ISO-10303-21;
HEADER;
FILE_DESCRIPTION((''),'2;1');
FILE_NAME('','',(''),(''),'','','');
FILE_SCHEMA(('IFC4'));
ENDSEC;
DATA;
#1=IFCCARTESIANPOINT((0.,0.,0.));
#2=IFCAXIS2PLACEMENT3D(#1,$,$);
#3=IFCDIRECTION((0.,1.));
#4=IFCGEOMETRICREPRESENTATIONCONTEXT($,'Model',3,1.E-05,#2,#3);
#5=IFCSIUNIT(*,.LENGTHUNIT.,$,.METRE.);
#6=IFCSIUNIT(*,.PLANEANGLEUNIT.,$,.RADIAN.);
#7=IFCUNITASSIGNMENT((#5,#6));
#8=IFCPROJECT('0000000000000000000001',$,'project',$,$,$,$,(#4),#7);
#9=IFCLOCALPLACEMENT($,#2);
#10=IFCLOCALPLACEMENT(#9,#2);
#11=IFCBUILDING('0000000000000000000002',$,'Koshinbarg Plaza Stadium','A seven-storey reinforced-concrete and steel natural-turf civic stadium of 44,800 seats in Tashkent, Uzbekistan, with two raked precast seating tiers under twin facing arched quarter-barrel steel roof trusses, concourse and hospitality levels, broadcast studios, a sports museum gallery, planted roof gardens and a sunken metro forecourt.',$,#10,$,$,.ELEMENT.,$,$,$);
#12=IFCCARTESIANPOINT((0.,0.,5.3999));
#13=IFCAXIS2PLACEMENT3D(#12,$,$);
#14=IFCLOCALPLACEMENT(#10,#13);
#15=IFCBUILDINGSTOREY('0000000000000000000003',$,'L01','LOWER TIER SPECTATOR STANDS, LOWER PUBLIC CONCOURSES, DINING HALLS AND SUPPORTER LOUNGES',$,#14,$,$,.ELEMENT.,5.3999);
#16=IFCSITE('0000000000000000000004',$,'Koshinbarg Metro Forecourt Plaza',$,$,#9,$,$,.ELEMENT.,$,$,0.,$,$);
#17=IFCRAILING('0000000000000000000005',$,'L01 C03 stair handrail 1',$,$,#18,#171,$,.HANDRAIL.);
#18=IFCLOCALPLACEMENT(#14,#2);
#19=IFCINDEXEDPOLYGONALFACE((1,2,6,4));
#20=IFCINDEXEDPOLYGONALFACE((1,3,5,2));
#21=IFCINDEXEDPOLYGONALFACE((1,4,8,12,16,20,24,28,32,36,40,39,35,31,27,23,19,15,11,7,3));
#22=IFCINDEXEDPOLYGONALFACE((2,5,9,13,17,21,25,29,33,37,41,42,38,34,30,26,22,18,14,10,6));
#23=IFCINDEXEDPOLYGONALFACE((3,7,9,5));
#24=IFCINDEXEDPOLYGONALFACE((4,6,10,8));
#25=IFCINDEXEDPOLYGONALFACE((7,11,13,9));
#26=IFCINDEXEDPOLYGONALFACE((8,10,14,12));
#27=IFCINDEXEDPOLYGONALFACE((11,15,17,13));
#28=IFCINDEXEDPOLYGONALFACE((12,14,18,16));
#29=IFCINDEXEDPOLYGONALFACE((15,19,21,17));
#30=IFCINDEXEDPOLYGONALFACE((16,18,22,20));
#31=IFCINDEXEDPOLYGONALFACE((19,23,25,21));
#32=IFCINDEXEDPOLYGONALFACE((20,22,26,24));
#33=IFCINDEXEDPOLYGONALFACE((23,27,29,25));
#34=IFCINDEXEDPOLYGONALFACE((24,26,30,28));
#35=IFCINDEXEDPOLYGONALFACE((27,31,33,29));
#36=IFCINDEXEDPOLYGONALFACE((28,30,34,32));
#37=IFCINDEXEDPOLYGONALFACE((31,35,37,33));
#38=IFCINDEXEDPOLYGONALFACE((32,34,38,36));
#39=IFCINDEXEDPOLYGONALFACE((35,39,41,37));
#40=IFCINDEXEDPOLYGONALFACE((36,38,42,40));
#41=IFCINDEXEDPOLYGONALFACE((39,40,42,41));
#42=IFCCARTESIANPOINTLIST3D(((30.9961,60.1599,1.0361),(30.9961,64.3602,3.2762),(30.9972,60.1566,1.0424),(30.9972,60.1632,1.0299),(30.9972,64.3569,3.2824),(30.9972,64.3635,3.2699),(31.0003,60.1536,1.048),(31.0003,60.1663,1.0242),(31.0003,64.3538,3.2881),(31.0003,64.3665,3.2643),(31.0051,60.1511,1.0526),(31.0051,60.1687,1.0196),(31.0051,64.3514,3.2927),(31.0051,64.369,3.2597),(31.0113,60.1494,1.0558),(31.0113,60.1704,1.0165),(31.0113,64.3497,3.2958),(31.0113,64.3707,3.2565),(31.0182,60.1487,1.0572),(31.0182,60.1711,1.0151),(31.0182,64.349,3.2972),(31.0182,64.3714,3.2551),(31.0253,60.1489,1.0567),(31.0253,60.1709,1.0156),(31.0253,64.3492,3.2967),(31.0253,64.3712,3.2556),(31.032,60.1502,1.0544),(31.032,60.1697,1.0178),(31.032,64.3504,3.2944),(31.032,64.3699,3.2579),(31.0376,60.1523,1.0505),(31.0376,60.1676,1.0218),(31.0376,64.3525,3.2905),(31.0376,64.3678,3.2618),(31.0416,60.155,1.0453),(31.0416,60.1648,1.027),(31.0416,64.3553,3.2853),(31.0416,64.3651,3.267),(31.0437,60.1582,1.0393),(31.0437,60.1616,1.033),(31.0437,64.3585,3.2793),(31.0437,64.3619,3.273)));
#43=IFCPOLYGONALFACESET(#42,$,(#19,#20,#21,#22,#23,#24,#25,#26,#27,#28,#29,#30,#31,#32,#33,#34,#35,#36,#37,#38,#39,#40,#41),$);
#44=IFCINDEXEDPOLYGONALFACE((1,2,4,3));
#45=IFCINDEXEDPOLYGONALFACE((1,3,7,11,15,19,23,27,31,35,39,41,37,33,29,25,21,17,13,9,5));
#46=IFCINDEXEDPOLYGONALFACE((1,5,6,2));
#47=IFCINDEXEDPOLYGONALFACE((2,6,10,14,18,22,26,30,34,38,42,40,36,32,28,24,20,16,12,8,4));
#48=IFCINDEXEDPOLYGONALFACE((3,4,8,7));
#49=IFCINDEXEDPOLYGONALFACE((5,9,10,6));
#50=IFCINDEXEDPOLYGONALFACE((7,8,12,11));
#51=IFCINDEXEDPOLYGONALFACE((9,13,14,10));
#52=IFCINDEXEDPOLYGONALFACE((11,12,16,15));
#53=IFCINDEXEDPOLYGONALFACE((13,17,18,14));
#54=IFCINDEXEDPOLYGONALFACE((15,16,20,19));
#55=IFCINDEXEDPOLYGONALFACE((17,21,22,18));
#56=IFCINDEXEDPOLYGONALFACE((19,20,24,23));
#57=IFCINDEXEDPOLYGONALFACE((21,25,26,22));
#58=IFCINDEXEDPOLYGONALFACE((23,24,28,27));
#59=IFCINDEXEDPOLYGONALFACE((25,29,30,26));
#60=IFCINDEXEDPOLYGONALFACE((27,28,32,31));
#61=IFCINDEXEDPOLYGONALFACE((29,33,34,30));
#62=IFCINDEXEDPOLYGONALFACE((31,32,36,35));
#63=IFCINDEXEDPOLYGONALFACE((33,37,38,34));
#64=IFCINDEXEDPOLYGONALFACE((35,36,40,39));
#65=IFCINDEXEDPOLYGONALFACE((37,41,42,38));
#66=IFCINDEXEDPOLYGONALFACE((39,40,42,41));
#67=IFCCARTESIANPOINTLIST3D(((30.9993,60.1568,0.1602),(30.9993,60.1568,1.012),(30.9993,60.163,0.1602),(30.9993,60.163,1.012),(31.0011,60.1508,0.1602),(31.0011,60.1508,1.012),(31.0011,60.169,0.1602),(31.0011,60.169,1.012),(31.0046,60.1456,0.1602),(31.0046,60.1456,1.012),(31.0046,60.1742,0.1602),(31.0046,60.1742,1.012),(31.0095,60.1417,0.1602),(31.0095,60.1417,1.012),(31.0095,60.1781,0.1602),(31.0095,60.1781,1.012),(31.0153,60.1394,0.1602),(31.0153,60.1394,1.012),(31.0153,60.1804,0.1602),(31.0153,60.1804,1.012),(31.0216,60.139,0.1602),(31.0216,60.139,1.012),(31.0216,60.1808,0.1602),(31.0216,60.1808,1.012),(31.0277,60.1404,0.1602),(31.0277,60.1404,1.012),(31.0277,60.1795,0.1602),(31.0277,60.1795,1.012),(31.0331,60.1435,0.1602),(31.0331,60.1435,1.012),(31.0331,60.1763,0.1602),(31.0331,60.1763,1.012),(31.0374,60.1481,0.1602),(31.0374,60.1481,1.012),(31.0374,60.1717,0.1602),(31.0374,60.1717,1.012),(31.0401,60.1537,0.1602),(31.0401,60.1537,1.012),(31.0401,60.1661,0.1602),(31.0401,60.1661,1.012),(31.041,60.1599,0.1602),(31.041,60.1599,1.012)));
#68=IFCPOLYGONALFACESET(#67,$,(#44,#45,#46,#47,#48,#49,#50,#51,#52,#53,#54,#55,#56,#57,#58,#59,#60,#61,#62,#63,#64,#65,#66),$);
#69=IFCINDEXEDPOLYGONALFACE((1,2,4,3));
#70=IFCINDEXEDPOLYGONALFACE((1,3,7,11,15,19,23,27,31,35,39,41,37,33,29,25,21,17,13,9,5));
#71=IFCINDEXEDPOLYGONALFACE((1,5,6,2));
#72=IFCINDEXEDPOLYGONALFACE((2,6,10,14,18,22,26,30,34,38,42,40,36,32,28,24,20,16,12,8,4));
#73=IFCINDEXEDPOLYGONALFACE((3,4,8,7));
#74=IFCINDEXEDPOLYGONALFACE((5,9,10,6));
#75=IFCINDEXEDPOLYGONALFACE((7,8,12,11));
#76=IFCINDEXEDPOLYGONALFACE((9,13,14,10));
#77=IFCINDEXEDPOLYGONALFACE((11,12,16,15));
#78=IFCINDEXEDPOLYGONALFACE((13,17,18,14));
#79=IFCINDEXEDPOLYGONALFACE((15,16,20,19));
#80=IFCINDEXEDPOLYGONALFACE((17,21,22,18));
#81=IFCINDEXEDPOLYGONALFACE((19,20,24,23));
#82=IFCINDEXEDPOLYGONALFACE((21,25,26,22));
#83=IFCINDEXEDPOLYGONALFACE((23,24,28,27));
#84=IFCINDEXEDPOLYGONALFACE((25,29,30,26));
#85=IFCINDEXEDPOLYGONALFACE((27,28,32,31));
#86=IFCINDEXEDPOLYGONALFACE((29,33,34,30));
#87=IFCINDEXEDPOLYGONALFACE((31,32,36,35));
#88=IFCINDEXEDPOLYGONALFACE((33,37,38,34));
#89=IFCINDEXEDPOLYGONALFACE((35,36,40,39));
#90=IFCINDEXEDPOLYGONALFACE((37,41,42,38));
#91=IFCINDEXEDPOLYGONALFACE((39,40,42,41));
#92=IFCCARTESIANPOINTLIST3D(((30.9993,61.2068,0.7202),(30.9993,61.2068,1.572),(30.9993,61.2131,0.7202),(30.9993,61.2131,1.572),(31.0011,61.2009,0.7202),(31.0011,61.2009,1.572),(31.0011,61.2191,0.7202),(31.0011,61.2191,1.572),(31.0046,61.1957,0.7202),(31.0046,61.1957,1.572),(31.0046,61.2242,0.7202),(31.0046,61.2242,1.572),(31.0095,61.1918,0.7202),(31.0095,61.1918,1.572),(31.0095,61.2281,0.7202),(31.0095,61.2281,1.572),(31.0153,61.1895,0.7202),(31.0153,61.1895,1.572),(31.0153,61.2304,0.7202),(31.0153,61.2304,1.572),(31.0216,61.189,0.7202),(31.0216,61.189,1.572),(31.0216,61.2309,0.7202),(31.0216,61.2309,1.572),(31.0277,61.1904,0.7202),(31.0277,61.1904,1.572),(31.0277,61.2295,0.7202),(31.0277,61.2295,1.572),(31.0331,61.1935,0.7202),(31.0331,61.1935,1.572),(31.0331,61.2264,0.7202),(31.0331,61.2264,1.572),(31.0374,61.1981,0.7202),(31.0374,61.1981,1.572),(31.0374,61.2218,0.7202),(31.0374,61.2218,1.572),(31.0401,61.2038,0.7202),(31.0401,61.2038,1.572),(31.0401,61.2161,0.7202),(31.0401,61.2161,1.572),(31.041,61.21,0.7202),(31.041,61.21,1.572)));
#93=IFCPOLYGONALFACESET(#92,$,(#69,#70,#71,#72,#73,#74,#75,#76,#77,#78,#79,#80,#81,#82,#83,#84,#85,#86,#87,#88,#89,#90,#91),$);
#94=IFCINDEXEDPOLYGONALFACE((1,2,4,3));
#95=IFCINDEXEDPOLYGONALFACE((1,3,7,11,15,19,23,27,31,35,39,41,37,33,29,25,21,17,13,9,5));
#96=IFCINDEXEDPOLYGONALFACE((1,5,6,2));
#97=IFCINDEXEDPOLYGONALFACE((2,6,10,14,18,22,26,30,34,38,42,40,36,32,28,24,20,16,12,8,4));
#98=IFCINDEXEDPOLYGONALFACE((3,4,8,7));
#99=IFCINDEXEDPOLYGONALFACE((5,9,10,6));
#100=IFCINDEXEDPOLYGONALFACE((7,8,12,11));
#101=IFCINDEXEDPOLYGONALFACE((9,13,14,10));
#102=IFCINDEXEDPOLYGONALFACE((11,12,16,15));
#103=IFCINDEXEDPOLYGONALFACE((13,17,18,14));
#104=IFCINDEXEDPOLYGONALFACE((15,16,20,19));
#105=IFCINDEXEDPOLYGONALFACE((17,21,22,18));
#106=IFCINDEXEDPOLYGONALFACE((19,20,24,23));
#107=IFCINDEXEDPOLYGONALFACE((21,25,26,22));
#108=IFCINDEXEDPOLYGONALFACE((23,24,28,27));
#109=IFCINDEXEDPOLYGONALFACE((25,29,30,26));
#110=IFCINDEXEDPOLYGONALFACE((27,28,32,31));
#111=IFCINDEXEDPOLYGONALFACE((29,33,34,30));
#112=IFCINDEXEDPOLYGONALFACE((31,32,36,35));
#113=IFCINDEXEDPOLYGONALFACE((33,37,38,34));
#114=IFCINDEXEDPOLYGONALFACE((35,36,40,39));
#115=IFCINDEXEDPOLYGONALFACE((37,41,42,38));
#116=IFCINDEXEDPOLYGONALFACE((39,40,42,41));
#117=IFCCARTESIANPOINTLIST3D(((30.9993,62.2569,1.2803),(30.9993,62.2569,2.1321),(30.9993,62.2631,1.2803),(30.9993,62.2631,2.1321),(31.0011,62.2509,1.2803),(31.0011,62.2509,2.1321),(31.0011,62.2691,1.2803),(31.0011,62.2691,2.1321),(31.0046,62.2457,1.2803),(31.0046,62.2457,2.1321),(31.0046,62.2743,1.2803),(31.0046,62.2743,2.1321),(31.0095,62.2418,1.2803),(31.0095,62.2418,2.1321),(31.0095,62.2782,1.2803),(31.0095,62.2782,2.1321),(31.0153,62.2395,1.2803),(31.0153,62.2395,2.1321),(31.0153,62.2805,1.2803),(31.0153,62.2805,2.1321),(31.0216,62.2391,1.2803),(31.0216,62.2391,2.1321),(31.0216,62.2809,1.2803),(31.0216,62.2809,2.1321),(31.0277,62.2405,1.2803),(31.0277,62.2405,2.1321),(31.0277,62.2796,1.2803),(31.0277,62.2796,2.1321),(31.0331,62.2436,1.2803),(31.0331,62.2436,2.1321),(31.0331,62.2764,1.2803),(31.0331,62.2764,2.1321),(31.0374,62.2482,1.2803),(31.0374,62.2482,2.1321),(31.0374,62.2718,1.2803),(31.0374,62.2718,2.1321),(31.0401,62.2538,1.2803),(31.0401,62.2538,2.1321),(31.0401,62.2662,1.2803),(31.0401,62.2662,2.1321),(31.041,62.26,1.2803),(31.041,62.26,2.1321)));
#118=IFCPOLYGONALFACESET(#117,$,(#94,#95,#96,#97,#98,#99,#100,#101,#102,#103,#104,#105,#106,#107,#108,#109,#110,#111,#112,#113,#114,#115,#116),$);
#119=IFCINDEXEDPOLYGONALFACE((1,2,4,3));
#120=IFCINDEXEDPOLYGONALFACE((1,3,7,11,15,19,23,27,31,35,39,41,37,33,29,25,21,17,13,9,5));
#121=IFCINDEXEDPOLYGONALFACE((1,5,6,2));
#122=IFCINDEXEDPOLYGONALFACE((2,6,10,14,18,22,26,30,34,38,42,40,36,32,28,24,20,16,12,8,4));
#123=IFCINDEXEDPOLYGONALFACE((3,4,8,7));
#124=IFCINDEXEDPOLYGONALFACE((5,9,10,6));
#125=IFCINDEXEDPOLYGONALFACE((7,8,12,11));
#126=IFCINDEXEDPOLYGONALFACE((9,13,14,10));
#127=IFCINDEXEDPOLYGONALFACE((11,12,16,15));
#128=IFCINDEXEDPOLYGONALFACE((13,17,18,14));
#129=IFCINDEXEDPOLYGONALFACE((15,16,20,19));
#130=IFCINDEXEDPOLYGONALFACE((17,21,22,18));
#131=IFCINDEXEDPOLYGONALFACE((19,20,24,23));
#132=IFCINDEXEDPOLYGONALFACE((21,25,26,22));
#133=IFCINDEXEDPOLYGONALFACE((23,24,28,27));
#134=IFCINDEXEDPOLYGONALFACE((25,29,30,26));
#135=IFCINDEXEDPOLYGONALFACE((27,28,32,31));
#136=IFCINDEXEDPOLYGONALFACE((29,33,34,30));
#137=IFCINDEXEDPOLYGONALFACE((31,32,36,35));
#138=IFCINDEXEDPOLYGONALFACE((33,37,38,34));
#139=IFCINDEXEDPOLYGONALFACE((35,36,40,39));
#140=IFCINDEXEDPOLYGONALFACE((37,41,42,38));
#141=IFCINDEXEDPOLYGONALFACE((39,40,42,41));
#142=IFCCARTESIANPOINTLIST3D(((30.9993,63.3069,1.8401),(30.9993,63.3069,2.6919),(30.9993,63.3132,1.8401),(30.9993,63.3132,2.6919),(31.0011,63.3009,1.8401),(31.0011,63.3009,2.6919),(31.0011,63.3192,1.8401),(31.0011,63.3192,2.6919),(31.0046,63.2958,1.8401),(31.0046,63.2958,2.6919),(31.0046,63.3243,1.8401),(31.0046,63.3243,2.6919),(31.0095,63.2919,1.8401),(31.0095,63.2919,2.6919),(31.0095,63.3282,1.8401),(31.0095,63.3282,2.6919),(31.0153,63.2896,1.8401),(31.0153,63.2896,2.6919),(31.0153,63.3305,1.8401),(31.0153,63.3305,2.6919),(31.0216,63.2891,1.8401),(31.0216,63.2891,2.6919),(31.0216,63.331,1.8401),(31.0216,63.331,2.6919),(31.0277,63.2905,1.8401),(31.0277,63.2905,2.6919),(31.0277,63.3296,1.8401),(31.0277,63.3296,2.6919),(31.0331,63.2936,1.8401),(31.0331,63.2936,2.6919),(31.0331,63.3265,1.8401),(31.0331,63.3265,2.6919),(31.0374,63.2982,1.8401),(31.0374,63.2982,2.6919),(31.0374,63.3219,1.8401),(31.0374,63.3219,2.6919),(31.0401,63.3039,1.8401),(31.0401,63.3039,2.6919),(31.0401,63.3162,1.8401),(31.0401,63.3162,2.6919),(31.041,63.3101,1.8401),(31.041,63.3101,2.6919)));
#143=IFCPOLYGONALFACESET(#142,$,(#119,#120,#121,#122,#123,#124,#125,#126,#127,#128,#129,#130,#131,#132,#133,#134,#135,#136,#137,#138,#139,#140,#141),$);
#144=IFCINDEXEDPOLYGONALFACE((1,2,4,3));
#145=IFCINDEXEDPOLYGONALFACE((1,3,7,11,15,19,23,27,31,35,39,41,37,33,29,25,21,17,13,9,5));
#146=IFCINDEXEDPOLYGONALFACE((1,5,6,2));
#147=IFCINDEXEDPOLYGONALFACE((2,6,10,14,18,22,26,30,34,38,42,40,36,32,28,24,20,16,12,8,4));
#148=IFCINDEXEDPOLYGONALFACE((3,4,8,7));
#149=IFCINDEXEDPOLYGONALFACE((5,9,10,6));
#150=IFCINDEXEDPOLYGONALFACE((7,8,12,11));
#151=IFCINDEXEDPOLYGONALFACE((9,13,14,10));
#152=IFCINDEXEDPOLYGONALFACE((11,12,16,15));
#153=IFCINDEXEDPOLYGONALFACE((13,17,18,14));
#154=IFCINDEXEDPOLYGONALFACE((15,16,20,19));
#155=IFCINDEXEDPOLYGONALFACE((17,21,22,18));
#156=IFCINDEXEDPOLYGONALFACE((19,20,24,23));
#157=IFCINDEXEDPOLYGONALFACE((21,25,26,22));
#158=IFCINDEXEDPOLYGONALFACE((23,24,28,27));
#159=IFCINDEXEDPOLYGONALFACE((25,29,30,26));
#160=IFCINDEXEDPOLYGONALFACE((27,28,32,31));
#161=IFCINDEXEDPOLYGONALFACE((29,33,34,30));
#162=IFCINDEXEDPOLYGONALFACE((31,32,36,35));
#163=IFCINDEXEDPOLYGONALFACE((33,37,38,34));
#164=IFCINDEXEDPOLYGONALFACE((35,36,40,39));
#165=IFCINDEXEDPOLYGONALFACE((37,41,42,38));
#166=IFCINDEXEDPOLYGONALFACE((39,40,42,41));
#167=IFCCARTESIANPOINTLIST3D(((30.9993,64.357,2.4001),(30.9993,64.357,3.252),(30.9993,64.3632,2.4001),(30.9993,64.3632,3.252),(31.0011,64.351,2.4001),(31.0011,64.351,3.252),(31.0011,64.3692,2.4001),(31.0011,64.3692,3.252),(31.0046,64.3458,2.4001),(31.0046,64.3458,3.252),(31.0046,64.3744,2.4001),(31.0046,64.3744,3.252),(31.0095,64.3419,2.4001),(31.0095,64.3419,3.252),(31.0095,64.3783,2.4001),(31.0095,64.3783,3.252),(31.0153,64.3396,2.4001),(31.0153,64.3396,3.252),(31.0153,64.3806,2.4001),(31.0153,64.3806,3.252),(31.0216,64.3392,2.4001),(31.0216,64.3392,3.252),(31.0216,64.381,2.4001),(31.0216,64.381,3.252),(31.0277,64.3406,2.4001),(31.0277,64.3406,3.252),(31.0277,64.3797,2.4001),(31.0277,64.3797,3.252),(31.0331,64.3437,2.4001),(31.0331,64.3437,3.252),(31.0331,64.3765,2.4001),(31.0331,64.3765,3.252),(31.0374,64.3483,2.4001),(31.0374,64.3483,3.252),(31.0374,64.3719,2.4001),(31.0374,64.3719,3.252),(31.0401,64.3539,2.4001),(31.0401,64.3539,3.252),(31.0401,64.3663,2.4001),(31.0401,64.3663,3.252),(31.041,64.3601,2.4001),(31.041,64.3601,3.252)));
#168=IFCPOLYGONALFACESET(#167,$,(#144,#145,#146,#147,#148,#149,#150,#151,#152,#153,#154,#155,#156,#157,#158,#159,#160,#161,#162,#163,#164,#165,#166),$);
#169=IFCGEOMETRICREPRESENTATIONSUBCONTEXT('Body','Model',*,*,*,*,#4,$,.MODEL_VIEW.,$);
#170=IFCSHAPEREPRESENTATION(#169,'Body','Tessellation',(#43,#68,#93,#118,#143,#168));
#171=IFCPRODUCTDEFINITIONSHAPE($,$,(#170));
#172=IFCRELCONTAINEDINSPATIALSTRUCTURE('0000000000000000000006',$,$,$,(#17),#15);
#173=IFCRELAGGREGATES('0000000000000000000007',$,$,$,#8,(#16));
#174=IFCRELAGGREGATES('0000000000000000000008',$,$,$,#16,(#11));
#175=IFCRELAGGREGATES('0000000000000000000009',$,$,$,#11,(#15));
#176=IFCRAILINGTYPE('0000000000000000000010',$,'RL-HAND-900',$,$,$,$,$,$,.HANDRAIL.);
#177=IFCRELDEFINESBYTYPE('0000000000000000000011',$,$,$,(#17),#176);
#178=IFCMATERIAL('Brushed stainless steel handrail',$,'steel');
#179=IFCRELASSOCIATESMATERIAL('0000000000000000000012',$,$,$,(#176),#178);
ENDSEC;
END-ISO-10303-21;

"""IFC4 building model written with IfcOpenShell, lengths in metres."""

from ifc_helpers import new_model, si_unit, direction, frame, origin, origin_2d, place, context, subcontext, project, spatial, circle, extrude, material, type_object, element, save


model = new_model("IFC4")

# Units and contexts
model_context = context("Model", 3, precision=1e-05, world=origin(), true_north=direction((0.0, 1.0)))
body_context = subcontext(model_context, "Body", "Model", "MODEL_VIEW")
ifc_project = project(units=[si_unit("LENGTHUNIT", "METRE"), si_unit("PLANEANGLEUNIT", "RADIAN")], contexts=[model_context])

# Site, building, storey
site_placement = place(None, origin())
site = spatial("IfcSite", under=ifc_project, at=site_placement, Name="Koshinbarg Metro Forecourt Plaza", CompositionType="ELEMENT", RefElevation=0.0)
building_placement = place(site_placement, origin())
building = spatial("IfcBuilding", under=site, at=building_placement, Name="Koshinbarg Plaza Stadium", Description="A seven-storey reinforced-concrete and steel natural-turf civic stadium of 44,800 seats in Tashkent, Uzbekistan, with two raked precast seating tiers under twin facing arched quarter-barrel steel roof trusses, concourse and hospitality levels, broadcast studios, a sports museum gallery, planted roof gardens and a sunken metro forecourt.", CompositionType="ELEMENT")
storey_placement = place(building_placement, frame((0.0, 0.0, 5.3999)))
storey = spatial("IfcBuildingStorey", under=building, at=storey_placement, Name="L01", Description="LOWER TIER SPECTATOR STANDS, LOWER PUBLIC CONCOURSES, DINING HALLS AND SUPPORTER LOUNGES", CompositionType="ELEMENT", Elevation=5.3999)

# Railing
ifc_material_1 = material(Name="Brushed stainless steel handrail", Category="steel")
railing_type_1 = type_object("IfcRailingType", Name="RL-HAND-900", PredefinedType="HANDRAIL", material=ifc_material_1)
railing_1_placement = place(storey_placement, frame((31.02, 60.1599, 0.1602)))
element("IfcRailing", 1, at=railing_1_placement, inside=storey, type_object=railing_type_1, Name="L01 C03 stair handrail 1", PredefinedType="HANDRAIL", context=body_context, shape_type="SweptSolid", body=[
    extrude(circle(Radius=0.0239, at=origin_2d()), frame((0.0, 0.0, 0.876), z_axis=(0.0, 0.882363, 0.47057), x_axis=(-1.0, 0.0, 0.0)), (0.0, 0.0, 1.0), 4.7603),
    extrude(circle(Radius=0.021, at=origin_2d()), origin(), (0.0, 0.0, 1.0), 0.8518),
    extrude(circle(Radius=0.021, at=origin_2d()), frame((0.0, 1.05, 0.5601)), (0.0, 0.0, 1.0), 0.8518),
    extrude(circle(Radius=0.021, at=origin_2d()), frame((0.0, 2.1001, 1.1201)), (0.0, 0.0, 1.0), 0.8518),
    extrude(circle(Radius=0.021, at=origin_2d()), frame((0.0, 3.1501, 1.6799)), (0.0, 0.0, 1.0), 0.8518),
    extrude(circle(Radius=0.021, at=origin_2d()), frame((0.0, 4.2002, 2.24)), (0.0, 0.0, 1.0), 0.8518),
])

save(model, "model.ifc")
